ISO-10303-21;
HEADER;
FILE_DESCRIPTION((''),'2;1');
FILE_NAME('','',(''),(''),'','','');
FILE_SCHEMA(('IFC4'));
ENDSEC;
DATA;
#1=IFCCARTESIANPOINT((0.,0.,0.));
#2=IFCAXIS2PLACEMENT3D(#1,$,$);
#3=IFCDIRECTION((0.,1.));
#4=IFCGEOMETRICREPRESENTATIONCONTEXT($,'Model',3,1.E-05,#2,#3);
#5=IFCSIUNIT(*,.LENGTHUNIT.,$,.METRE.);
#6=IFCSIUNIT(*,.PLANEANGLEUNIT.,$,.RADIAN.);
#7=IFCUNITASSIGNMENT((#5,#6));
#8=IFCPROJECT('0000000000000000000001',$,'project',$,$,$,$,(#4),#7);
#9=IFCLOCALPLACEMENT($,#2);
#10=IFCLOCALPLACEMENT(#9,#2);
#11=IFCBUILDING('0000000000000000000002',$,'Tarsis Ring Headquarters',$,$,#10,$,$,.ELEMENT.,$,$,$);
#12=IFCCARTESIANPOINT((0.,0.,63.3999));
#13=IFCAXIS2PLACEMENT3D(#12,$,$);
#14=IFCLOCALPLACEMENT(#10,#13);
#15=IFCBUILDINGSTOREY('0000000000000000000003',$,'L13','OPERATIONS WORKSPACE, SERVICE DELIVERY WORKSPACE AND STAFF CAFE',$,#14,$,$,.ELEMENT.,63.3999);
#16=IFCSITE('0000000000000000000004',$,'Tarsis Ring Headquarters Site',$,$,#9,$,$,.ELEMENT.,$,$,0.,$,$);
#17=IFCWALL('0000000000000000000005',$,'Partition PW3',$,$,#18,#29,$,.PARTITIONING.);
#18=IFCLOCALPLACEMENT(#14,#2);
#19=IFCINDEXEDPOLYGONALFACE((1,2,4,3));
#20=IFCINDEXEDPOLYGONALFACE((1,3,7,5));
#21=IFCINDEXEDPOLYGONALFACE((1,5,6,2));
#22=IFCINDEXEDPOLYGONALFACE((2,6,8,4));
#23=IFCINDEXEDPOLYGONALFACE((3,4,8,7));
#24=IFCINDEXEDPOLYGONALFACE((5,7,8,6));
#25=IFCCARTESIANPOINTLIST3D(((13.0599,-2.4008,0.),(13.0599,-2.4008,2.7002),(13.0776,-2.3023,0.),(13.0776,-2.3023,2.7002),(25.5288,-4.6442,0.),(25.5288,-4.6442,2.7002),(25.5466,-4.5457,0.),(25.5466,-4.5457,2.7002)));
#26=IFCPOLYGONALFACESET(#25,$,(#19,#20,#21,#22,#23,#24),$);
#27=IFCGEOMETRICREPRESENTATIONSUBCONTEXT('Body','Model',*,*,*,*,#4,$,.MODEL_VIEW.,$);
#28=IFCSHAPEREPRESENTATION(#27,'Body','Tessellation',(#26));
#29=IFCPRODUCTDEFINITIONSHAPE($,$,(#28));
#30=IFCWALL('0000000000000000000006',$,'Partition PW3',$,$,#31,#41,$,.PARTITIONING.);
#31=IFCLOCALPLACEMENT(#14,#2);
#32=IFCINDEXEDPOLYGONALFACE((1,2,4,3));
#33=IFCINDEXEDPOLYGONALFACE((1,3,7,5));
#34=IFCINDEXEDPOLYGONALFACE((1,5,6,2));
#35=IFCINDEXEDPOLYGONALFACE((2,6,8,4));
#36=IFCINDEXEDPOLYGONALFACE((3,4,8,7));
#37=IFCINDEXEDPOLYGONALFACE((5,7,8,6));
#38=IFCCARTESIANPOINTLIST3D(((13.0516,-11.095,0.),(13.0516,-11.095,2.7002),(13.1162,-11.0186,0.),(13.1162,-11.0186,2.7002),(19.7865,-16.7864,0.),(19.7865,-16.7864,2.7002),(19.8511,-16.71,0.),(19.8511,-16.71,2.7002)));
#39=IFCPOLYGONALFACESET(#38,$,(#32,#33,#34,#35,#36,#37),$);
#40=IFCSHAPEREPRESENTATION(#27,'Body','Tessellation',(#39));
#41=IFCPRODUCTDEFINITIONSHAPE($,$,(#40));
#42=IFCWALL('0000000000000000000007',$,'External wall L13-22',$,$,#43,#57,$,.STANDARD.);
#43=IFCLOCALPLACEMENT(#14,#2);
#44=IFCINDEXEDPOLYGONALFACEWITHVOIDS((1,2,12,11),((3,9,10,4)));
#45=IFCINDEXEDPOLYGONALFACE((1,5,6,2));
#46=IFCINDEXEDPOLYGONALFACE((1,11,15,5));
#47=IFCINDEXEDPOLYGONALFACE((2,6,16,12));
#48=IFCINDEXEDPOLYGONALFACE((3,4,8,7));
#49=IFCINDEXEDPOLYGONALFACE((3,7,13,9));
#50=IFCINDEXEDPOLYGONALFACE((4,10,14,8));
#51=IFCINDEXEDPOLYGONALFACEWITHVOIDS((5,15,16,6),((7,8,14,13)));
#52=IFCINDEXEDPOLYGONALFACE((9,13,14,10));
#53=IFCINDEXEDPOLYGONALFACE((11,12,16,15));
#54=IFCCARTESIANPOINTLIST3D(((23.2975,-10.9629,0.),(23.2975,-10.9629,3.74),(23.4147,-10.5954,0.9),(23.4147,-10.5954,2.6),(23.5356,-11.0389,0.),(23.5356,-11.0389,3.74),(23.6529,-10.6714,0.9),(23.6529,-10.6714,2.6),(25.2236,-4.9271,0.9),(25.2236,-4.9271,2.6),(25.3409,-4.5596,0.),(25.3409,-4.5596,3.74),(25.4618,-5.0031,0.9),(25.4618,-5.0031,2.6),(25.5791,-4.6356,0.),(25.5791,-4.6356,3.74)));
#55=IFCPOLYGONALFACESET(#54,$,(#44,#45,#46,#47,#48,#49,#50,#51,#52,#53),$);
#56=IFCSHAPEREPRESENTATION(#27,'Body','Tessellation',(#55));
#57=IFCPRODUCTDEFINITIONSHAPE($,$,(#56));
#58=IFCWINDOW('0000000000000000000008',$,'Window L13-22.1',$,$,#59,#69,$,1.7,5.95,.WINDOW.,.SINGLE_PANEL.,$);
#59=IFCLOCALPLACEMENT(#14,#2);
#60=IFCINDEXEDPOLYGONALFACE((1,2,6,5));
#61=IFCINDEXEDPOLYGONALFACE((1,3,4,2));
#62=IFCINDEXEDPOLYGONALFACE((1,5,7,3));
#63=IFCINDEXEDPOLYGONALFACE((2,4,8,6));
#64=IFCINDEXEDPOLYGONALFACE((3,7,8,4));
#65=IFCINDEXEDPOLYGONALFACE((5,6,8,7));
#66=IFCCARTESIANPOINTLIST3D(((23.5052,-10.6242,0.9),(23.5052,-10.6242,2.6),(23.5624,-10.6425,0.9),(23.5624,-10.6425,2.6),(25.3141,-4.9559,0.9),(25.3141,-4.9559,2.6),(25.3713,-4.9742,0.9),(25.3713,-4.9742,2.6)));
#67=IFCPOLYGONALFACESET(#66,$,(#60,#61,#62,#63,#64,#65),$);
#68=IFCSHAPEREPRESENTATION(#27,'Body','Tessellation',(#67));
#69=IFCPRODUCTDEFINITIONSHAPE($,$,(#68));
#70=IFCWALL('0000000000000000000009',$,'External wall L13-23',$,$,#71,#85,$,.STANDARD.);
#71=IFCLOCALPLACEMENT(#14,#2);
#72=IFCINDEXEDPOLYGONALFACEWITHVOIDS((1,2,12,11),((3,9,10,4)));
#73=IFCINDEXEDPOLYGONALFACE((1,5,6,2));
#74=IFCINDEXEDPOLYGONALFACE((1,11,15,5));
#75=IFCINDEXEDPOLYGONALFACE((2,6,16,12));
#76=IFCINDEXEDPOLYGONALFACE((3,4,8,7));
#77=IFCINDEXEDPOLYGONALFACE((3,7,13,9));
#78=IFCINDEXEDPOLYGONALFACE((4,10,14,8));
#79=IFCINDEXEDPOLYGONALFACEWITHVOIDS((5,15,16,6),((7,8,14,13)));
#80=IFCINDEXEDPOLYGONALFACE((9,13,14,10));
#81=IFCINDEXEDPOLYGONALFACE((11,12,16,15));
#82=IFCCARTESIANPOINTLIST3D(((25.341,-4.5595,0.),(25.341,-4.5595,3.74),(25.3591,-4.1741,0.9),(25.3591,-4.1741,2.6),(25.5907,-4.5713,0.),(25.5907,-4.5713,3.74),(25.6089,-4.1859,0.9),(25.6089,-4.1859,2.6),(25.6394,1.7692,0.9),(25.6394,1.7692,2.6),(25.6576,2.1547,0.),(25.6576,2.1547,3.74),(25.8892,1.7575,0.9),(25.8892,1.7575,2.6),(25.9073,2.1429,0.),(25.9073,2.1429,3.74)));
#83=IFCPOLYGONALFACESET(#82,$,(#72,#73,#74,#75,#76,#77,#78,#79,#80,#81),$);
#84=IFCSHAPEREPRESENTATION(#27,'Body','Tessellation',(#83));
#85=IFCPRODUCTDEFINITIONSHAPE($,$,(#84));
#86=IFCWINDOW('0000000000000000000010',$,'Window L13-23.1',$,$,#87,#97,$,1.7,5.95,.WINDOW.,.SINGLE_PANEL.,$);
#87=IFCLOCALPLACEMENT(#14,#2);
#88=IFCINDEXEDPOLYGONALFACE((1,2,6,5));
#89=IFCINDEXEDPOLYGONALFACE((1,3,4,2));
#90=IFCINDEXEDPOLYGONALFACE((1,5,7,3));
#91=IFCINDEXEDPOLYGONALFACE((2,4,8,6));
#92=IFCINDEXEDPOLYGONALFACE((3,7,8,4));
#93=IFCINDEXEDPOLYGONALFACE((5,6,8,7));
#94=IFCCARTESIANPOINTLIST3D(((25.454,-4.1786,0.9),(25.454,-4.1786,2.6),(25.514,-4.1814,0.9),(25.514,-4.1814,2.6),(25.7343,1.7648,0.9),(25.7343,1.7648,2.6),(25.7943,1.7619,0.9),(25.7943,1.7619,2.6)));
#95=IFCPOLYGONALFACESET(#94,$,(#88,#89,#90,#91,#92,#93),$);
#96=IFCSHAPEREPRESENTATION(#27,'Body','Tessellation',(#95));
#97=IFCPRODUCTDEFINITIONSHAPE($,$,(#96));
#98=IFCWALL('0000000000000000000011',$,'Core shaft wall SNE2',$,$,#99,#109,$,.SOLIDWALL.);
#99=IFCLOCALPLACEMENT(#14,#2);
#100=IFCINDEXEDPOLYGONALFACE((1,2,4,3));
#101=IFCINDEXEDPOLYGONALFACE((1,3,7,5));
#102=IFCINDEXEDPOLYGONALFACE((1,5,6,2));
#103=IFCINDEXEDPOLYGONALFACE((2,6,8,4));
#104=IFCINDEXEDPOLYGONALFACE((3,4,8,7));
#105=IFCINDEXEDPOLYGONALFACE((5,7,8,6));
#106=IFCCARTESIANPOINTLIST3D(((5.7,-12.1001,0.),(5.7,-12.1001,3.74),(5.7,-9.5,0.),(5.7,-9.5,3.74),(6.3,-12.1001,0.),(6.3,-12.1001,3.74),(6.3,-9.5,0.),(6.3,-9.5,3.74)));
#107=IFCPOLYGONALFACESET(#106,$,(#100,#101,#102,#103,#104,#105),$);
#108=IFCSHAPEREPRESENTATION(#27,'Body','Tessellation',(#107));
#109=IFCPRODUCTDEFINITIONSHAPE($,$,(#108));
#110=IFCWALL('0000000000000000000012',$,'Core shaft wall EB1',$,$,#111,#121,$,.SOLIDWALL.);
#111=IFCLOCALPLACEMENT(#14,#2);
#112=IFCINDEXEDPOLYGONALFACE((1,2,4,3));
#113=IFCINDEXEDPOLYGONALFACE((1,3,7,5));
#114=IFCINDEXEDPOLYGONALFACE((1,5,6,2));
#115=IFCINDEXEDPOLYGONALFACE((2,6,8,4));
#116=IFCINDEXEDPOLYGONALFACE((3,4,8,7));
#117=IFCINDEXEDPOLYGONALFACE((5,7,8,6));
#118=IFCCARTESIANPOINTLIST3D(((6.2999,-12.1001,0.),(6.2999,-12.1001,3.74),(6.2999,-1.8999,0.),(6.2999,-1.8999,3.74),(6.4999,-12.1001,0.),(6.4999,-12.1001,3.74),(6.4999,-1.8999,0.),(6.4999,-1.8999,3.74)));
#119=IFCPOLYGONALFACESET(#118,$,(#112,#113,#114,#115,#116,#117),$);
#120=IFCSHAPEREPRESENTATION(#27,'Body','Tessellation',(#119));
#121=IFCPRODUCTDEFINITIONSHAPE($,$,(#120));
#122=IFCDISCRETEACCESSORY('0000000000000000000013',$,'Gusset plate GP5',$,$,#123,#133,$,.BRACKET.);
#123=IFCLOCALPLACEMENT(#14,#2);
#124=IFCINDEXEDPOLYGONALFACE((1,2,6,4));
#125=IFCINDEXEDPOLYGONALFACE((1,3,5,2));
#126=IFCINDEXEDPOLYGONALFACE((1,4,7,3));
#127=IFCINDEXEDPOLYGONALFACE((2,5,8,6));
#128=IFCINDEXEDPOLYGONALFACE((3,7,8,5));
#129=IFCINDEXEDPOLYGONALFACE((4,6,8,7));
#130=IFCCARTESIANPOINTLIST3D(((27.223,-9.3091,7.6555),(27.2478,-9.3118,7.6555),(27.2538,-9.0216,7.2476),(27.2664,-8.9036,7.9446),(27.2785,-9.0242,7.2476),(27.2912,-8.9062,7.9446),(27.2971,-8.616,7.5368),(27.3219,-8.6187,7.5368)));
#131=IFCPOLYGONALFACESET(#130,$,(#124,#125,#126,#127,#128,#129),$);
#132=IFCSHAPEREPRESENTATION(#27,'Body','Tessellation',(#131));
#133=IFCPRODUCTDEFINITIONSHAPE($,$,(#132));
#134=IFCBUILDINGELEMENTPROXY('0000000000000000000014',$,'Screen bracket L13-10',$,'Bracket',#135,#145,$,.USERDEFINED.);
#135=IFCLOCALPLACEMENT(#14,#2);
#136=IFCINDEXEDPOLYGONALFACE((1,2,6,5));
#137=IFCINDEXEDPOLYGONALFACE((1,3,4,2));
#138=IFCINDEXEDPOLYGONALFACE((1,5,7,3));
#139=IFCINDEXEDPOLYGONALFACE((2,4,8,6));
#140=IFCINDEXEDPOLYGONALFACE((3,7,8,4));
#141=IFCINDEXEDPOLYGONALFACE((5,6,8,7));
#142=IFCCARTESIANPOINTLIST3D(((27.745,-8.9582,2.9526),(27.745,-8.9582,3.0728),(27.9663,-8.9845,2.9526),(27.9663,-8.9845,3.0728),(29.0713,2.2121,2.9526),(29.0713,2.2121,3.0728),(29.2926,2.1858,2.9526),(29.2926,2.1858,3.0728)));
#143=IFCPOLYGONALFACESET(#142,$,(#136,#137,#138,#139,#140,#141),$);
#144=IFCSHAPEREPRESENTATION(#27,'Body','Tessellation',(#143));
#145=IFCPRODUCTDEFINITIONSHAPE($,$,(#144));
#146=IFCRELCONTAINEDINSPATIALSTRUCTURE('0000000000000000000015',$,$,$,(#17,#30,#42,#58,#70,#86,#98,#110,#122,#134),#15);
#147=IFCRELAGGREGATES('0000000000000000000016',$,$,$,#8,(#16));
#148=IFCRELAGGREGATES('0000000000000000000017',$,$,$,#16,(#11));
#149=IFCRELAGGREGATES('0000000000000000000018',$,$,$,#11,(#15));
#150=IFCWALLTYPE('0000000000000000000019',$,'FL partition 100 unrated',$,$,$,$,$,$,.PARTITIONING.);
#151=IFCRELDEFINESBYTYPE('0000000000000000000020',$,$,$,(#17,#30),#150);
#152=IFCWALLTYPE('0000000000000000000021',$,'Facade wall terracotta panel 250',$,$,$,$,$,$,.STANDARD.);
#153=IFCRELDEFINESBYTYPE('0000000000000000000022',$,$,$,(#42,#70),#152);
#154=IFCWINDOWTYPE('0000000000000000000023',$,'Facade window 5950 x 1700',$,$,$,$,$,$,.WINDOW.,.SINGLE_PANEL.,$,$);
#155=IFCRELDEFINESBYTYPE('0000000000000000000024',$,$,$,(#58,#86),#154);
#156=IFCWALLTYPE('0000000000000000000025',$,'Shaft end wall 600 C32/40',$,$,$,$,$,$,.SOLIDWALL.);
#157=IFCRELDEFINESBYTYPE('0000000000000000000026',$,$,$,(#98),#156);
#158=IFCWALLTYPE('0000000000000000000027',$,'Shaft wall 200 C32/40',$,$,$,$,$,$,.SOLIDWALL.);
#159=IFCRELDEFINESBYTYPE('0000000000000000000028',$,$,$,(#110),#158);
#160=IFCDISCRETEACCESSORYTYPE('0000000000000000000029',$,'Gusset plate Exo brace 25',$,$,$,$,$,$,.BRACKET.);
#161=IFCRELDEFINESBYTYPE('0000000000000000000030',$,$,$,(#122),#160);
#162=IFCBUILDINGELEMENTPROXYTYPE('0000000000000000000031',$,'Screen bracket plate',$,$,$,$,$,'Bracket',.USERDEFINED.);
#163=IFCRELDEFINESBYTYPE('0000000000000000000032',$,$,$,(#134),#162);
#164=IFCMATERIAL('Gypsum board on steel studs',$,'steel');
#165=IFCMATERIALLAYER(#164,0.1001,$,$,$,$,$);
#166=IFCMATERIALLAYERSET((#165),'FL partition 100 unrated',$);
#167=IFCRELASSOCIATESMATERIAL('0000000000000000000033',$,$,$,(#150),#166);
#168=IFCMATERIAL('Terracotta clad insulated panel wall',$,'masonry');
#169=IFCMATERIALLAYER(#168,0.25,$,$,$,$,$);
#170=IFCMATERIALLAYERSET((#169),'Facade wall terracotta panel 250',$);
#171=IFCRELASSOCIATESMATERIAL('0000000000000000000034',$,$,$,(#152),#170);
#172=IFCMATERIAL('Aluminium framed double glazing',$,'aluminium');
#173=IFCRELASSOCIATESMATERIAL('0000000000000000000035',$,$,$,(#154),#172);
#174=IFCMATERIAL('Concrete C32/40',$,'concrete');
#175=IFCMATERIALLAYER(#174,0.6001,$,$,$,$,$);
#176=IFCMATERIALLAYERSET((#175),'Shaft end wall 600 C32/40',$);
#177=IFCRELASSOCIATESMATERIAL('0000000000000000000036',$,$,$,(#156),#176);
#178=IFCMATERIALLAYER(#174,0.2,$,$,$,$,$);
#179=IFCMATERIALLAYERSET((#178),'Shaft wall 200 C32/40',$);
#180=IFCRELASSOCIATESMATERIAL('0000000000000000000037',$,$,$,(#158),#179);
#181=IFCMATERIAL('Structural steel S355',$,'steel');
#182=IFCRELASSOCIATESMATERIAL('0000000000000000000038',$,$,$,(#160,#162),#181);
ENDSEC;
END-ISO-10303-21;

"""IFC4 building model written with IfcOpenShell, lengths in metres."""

from ifc_helpers import new_model, si_unit, direction, frame, frame_2d, origin, origin_2d, place, context, subcontext, project, spatial, rectangle, extrude, material, layer, layer_set, material_profile, profile_set, type_object, element, fill, save


model = new_model("IFC4")

# Units and contexts
model_context = context("Model", 3, precision=1e-05, world=origin(), true_north=direction((0.0, 1.0)))
body_context = subcontext(model_context, "Body", "Model", "MODEL_VIEW")
ifc_project = project(units=[si_unit("LENGTHUNIT", "METRE"), si_unit("PLANEANGLEUNIT", "RADIAN")], contexts=[model_context])

# Site, building, storey
site_placement = place(None, origin())
site = spatial("IfcSite", under=ifc_project, at=site_placement, Name="Tarsis Ring Headquarters Site", CompositionType="ELEMENT", RefElevation=0.0)
building_placement = place(site_placement, origin())
building = spatial("IfcBuilding", under=site, at=building_placement, Name="Tarsis Ring Headquarters", CompositionType="ELEMENT")
storey_placement = place(building_placement, frame((0.0, 0.0, 63.3999)))
storey = spatial("IfcBuildingStorey", under=building, at=storey_placement, Name="L13", Description="OPERATIONS WORKSPACE, SERVICE DELIVERY WORKSPACE AND STAFF CAFE", CompositionType="ELEMENT", Elevation=63.3999)

# Shared definitions
ifc_material_1 = material(Name="Structural steel S355", Category="steel")

# Walls
ifc_material_2 = material(Name="Gypsum board on steel studs", Category="steel")
ifc_layer_1 = layer(ifc_material_2, 0.1001)
ifc_layer_set_1 = layer_set([ifc_layer_1], Name="FL partition 100 unrated")
wall_type_1 = type_object("IfcWallType", Name="FL partition 100 unrated", PredefinedType="PARTITIONING", material=ifc_layer_set_1)
wall_1_placement = place(storey_placement, frame((13.0688, -2.3516, 0.0), z_axis=(0.0, 0.0, 1.0), x_axis=(0.984197, -0.177076, 0.0)))
element("IfcWall", 1, at=wall_1_placement, inside=storey, type_object=wall_type_1, Name="Partition PW3", PredefinedType="PARTITIONING", context=body_context, shape_type="SweptSolid", body=[
    extrude(rectangle(XDim=12.6692, YDim=0.1001, at=frame_2d((6.3345, 0.0))), origin(), (0.0, 0.0, 1.0), 2.7002),
])
wall_2_placement = place(storey_placement, frame((13.084, -11.0569, 0.0), z_axis=(0.0, 0.0, 1.0), x_axis=(0.763796, -0.645458, 0.0)))
element("IfcWall", 2, at=wall_2_placement, inside=storey, type_object=wall_type_1, Name="Partition PW3", PredefinedType="PARTITIONING", context=body_context, shape_type="SweptSolid", body=[
    extrude(rectangle(XDim=8.8176, YDim=0.1001, at=frame_2d((4.4087, 0.0))), origin(), (0.0, 0.0, 1.0), 2.7002),
])

# Walls, openings, windows
ifc_material_3 = material(Name="Terracotta clad insulated panel wall", Category="masonry")
ifc_layer_2 = layer(ifc_material_3, 0.25)
ifc_layer_set_2 = layer_set([ifc_layer_2], Name="Facade wall terracotta panel 250")
wall_type_2 = type_object("IfcWallType", Name="Facade wall terracotta panel 250", PredefinedType="STANDARD", material=ifc_layer_set_2)
wall_3_placement = place(storey_placement, frame((23.4165, -11.001, 0.0), z_axis=(0.0, 0.0, 1.0), x_axis=(0.304019, 0.952666, 0.0)))
wall_3 = element("IfcWall", 3, at=wall_3_placement, inside=storey, type_object=wall_type_2, Name="External wall L13-22", PredefinedType="STANDARD", context=body_context, shape_type="SweptSolid", body=[
    extrude(rectangle(XDim=6.7214, YDim=0.25, at=frame_2d((3.3608, 0.0))), origin(), (0.0, 0.0, 1.0), 3.74),
])
opening_1_placement = place(wall_3_placement, frame((0.3857, 0.0, 0.8999)))
opening_1 = element("IfcOpeningElement", 4, at=opening_1_placement, cuts=wall_3, PredefinedType="OPENING", context=body_context, shape_type="SweptSolid", body=[
    extrude(rectangle(XDim=5.95, YDim=1.7, at=frame_2d((2.9751, 0.8501))), frame((0.0, 0.135, 0.0), z_axis=(0.0, -1.0, 0.0), x_axis=(1.0, 0.0, 0.0)), (0.0, 0.0, 1.0), 0.27),
])
ifc_material_4 = material(Name="Aluminium framed double glazing", Category="aluminium")
window_type = type_object("IfcWindowType", Name="Facade window 5950 x 1700", PartitioningType="SINGLE_PANEL", PredefinedType="WINDOW", material=ifc_material_4)
window_1_placement = place(opening_1_placement, origin())
window_1 = element("IfcWindow", 5, at=window_1_placement, inside=storey, type_object=window_type, Name="Window L13-22.1", OverallHeight=1.7, OverallWidth=5.95, PartitioningType="SINGLE_PANEL", PredefinedType="WINDOW", context=body_context, shape_type="SweptSolid", body=[
    extrude(rectangle(XDim=5.95, YDim=1.7, at=frame_2d((2.9751, 0.8501))), frame((0.0, 0.03, 0.0), z_axis=(0.0, -1.0, 0.0), x_axis=(1.0, 0.0, 0.0)), (0.0, 0.0, 1.0), 0.0601),
])
fill(opening_1, window_1)
wall_4_placement = place(storey_placement, frame((25.4658, -4.5654, 0.0), z_axis=(0.0, 0.0, 1.0), x_axis=(0.04711, 0.99889, 0.0)))
wall_4 = element("IfcWall", 6, at=wall_4_placement, inside=storey, type_object=wall_type_2, Name="External wall L13-23", PredefinedType="STANDARD", context=body_context, shape_type="SweptSolid", body=[
    extrude(rectangle(XDim=6.7217, YDim=0.25, at=frame_2d((3.3608, 0.0))), origin(), (0.0, 0.0, 1.0), 3.74),
])
opening_2_placement = place(wall_4_placement, frame((0.3857, 0.0, 0.8999)))
opening_2 = element("IfcOpeningElement", 7, at=opening_2_placement, cuts=wall_4, PredefinedType="OPENING", context=body_context, shape_type="SweptSolid", body=[
    extrude(rectangle(XDim=5.95, YDim=1.7, at=frame_2d((2.9751, 0.8501))), frame((0.0, 0.135, 0.0), z_axis=(0.0, -1.0, 0.0), x_axis=(1.0, 0.0, 0.0)), (0.0, 0.0, 1.0), 0.27),
])
window_2_placement = place(opening_2_placement, origin())
window_2 = element("IfcWindow", 8, at=window_2_placement, inside=storey, type_object=window_type, Name="Window L13-23.1", OverallHeight=1.7, OverallWidth=5.95, PartitioningType="SINGLE_PANEL", PredefinedType="WINDOW", context=body_context, shape_type="SweptSolid", body=[
    extrude(rectangle(XDim=5.95, YDim=1.7, at=frame_2d((2.9751, 0.8501))), frame((0.0, 0.03, 0.0), z_axis=(0.0, -1.0, 0.0), x_axis=(1.0, 0.0, 0.0)), (0.0, 0.0, 1.0), 0.0601),
])
fill(opening_2, window_2)

# Walls
ifc_material_5 = material(Name="Concrete C32/40", Category="concrete")
ifc_layer_3 = layer(ifc_material_5, 0.6001)
ifc_layer_set_3 = layer_set([ifc_layer_3], Name="Shaft end wall 600 C32/40")
wall_type_3 = type_object("IfcWallType", Name="Shaft end wall 600 C32/40", PredefinedType="SOLIDWALL", material=ifc_layer_set_3)
wall_5_placement = place(storey_placement, frame((6.0, -12.1001, 0.0), z_axis=(0.0, 0.0, 1.0), x_axis=(0.0, 1.0, 0.0)))
element("IfcWall", 9, at=wall_5_placement, inside=storey, type_object=wall_type_3, Name="Core shaft wall SNE2", PredefinedType="SOLIDWALL", context=body_context, shape_type="SweptSolid", body=[
    extrude(rectangle(XDim=2.6001, YDim=0.6001, at=frame_2d((1.3, 0.0))), origin(), (0.0, 0.0, 1.0), 3.74),
])
ifc_layer_4 = layer(ifc_material_5, 0.2)
ifc_layer_set_4 = layer_set([ifc_layer_4], Name="Shaft wall 200 C32/40")
wall_type_4 = type_object("IfcWallType", Name="Shaft wall 200 C32/40", PredefinedType="SOLIDWALL", material=ifc_layer_set_4)
wall_6_placement = place(storey_placement, frame((6.3999, -12.1001, 0.0), z_axis=(0.0, 0.0, 1.0), x_axis=(0.0, 1.0, 0.0)))
element("IfcWall", 10, at=wall_6_placement, inside=storey, type_object=wall_type_4, Name="Core shaft wall EB1", PredefinedType="SOLIDWALL", context=body_context, shape_type="SweptSolid", body=[
    extrude(rectangle(XDim=10.2002, YDim=0.2, at=frame_2d((5.1001, 0.0))), origin(), (0.0, 0.0, 1.0), 3.74),
])

# Discrete accessory
ifc_material_profile_1 = material_profile(ifc_material_1, rectangle(XDim=0.0249, YDim=0.5, at=origin_2d()), Name="PL 25x500")
ifc_profile_set_1 = profile_set([ifc_material_profile_1], Name="Structural steel S355")
discrete_accessory_type = type_object("IfcDiscreteAccessoryType", Name="Gusset plate Exo brace 25", PredefinedType="BRACKET", material=ifc_profile_set_1)
discrete_accessory_placement = place(storey_placement, frame((27.2571, -9.1077, 7.8), z_axis=(0.061512, 0.575093, -0.815772), x_axis=(-0.994328, 0.106354, 0.0)))
element("IfcDiscreteAccessory", 11, at=discrete_accessory_placement, inside=storey, type_object=discrete_accessory_type, Name="Gusset plate GP5", PredefinedType="BRACKET", context=body_context, shape_type="SweptSolid", body=[
    extrude(rectangle(XDim=0.0249, YDim=0.5, at=origin_2d()), origin(), (0.0, 0.0, 1.0), 0.5),
])

# Building element proxy
building_element_proxy_type = type_object("IfcBuildingElementProxyType", Name="Screen bracket plate", ElementType="Bracket", PredefinedType="USERDEFINED", material=ifc_material_1)
proxy_placement = place(storey_placement, frame((28.5188, -3.3862, 2.9526), z_axis=(0.0, 0.0, 1.0), x_axis=(0.117906, 0.993025, 0.0)))
element("IfcBuildingElementProxy", 12, at=proxy_placement, inside=storey, type_object=building_element_proxy_type, Name="Screen bracket L13-10", ObjectType="Bracket", PredefinedType="USERDEFINED", context=body_context, shape_type="SweptSolid", body=[
    extrude(rectangle(XDim=11.2488, YDim=0.2229, at=origin_2d()), origin(), (0.0, 0.0, 1.0), 0.1201),
])

save(model, "model.ifc")
